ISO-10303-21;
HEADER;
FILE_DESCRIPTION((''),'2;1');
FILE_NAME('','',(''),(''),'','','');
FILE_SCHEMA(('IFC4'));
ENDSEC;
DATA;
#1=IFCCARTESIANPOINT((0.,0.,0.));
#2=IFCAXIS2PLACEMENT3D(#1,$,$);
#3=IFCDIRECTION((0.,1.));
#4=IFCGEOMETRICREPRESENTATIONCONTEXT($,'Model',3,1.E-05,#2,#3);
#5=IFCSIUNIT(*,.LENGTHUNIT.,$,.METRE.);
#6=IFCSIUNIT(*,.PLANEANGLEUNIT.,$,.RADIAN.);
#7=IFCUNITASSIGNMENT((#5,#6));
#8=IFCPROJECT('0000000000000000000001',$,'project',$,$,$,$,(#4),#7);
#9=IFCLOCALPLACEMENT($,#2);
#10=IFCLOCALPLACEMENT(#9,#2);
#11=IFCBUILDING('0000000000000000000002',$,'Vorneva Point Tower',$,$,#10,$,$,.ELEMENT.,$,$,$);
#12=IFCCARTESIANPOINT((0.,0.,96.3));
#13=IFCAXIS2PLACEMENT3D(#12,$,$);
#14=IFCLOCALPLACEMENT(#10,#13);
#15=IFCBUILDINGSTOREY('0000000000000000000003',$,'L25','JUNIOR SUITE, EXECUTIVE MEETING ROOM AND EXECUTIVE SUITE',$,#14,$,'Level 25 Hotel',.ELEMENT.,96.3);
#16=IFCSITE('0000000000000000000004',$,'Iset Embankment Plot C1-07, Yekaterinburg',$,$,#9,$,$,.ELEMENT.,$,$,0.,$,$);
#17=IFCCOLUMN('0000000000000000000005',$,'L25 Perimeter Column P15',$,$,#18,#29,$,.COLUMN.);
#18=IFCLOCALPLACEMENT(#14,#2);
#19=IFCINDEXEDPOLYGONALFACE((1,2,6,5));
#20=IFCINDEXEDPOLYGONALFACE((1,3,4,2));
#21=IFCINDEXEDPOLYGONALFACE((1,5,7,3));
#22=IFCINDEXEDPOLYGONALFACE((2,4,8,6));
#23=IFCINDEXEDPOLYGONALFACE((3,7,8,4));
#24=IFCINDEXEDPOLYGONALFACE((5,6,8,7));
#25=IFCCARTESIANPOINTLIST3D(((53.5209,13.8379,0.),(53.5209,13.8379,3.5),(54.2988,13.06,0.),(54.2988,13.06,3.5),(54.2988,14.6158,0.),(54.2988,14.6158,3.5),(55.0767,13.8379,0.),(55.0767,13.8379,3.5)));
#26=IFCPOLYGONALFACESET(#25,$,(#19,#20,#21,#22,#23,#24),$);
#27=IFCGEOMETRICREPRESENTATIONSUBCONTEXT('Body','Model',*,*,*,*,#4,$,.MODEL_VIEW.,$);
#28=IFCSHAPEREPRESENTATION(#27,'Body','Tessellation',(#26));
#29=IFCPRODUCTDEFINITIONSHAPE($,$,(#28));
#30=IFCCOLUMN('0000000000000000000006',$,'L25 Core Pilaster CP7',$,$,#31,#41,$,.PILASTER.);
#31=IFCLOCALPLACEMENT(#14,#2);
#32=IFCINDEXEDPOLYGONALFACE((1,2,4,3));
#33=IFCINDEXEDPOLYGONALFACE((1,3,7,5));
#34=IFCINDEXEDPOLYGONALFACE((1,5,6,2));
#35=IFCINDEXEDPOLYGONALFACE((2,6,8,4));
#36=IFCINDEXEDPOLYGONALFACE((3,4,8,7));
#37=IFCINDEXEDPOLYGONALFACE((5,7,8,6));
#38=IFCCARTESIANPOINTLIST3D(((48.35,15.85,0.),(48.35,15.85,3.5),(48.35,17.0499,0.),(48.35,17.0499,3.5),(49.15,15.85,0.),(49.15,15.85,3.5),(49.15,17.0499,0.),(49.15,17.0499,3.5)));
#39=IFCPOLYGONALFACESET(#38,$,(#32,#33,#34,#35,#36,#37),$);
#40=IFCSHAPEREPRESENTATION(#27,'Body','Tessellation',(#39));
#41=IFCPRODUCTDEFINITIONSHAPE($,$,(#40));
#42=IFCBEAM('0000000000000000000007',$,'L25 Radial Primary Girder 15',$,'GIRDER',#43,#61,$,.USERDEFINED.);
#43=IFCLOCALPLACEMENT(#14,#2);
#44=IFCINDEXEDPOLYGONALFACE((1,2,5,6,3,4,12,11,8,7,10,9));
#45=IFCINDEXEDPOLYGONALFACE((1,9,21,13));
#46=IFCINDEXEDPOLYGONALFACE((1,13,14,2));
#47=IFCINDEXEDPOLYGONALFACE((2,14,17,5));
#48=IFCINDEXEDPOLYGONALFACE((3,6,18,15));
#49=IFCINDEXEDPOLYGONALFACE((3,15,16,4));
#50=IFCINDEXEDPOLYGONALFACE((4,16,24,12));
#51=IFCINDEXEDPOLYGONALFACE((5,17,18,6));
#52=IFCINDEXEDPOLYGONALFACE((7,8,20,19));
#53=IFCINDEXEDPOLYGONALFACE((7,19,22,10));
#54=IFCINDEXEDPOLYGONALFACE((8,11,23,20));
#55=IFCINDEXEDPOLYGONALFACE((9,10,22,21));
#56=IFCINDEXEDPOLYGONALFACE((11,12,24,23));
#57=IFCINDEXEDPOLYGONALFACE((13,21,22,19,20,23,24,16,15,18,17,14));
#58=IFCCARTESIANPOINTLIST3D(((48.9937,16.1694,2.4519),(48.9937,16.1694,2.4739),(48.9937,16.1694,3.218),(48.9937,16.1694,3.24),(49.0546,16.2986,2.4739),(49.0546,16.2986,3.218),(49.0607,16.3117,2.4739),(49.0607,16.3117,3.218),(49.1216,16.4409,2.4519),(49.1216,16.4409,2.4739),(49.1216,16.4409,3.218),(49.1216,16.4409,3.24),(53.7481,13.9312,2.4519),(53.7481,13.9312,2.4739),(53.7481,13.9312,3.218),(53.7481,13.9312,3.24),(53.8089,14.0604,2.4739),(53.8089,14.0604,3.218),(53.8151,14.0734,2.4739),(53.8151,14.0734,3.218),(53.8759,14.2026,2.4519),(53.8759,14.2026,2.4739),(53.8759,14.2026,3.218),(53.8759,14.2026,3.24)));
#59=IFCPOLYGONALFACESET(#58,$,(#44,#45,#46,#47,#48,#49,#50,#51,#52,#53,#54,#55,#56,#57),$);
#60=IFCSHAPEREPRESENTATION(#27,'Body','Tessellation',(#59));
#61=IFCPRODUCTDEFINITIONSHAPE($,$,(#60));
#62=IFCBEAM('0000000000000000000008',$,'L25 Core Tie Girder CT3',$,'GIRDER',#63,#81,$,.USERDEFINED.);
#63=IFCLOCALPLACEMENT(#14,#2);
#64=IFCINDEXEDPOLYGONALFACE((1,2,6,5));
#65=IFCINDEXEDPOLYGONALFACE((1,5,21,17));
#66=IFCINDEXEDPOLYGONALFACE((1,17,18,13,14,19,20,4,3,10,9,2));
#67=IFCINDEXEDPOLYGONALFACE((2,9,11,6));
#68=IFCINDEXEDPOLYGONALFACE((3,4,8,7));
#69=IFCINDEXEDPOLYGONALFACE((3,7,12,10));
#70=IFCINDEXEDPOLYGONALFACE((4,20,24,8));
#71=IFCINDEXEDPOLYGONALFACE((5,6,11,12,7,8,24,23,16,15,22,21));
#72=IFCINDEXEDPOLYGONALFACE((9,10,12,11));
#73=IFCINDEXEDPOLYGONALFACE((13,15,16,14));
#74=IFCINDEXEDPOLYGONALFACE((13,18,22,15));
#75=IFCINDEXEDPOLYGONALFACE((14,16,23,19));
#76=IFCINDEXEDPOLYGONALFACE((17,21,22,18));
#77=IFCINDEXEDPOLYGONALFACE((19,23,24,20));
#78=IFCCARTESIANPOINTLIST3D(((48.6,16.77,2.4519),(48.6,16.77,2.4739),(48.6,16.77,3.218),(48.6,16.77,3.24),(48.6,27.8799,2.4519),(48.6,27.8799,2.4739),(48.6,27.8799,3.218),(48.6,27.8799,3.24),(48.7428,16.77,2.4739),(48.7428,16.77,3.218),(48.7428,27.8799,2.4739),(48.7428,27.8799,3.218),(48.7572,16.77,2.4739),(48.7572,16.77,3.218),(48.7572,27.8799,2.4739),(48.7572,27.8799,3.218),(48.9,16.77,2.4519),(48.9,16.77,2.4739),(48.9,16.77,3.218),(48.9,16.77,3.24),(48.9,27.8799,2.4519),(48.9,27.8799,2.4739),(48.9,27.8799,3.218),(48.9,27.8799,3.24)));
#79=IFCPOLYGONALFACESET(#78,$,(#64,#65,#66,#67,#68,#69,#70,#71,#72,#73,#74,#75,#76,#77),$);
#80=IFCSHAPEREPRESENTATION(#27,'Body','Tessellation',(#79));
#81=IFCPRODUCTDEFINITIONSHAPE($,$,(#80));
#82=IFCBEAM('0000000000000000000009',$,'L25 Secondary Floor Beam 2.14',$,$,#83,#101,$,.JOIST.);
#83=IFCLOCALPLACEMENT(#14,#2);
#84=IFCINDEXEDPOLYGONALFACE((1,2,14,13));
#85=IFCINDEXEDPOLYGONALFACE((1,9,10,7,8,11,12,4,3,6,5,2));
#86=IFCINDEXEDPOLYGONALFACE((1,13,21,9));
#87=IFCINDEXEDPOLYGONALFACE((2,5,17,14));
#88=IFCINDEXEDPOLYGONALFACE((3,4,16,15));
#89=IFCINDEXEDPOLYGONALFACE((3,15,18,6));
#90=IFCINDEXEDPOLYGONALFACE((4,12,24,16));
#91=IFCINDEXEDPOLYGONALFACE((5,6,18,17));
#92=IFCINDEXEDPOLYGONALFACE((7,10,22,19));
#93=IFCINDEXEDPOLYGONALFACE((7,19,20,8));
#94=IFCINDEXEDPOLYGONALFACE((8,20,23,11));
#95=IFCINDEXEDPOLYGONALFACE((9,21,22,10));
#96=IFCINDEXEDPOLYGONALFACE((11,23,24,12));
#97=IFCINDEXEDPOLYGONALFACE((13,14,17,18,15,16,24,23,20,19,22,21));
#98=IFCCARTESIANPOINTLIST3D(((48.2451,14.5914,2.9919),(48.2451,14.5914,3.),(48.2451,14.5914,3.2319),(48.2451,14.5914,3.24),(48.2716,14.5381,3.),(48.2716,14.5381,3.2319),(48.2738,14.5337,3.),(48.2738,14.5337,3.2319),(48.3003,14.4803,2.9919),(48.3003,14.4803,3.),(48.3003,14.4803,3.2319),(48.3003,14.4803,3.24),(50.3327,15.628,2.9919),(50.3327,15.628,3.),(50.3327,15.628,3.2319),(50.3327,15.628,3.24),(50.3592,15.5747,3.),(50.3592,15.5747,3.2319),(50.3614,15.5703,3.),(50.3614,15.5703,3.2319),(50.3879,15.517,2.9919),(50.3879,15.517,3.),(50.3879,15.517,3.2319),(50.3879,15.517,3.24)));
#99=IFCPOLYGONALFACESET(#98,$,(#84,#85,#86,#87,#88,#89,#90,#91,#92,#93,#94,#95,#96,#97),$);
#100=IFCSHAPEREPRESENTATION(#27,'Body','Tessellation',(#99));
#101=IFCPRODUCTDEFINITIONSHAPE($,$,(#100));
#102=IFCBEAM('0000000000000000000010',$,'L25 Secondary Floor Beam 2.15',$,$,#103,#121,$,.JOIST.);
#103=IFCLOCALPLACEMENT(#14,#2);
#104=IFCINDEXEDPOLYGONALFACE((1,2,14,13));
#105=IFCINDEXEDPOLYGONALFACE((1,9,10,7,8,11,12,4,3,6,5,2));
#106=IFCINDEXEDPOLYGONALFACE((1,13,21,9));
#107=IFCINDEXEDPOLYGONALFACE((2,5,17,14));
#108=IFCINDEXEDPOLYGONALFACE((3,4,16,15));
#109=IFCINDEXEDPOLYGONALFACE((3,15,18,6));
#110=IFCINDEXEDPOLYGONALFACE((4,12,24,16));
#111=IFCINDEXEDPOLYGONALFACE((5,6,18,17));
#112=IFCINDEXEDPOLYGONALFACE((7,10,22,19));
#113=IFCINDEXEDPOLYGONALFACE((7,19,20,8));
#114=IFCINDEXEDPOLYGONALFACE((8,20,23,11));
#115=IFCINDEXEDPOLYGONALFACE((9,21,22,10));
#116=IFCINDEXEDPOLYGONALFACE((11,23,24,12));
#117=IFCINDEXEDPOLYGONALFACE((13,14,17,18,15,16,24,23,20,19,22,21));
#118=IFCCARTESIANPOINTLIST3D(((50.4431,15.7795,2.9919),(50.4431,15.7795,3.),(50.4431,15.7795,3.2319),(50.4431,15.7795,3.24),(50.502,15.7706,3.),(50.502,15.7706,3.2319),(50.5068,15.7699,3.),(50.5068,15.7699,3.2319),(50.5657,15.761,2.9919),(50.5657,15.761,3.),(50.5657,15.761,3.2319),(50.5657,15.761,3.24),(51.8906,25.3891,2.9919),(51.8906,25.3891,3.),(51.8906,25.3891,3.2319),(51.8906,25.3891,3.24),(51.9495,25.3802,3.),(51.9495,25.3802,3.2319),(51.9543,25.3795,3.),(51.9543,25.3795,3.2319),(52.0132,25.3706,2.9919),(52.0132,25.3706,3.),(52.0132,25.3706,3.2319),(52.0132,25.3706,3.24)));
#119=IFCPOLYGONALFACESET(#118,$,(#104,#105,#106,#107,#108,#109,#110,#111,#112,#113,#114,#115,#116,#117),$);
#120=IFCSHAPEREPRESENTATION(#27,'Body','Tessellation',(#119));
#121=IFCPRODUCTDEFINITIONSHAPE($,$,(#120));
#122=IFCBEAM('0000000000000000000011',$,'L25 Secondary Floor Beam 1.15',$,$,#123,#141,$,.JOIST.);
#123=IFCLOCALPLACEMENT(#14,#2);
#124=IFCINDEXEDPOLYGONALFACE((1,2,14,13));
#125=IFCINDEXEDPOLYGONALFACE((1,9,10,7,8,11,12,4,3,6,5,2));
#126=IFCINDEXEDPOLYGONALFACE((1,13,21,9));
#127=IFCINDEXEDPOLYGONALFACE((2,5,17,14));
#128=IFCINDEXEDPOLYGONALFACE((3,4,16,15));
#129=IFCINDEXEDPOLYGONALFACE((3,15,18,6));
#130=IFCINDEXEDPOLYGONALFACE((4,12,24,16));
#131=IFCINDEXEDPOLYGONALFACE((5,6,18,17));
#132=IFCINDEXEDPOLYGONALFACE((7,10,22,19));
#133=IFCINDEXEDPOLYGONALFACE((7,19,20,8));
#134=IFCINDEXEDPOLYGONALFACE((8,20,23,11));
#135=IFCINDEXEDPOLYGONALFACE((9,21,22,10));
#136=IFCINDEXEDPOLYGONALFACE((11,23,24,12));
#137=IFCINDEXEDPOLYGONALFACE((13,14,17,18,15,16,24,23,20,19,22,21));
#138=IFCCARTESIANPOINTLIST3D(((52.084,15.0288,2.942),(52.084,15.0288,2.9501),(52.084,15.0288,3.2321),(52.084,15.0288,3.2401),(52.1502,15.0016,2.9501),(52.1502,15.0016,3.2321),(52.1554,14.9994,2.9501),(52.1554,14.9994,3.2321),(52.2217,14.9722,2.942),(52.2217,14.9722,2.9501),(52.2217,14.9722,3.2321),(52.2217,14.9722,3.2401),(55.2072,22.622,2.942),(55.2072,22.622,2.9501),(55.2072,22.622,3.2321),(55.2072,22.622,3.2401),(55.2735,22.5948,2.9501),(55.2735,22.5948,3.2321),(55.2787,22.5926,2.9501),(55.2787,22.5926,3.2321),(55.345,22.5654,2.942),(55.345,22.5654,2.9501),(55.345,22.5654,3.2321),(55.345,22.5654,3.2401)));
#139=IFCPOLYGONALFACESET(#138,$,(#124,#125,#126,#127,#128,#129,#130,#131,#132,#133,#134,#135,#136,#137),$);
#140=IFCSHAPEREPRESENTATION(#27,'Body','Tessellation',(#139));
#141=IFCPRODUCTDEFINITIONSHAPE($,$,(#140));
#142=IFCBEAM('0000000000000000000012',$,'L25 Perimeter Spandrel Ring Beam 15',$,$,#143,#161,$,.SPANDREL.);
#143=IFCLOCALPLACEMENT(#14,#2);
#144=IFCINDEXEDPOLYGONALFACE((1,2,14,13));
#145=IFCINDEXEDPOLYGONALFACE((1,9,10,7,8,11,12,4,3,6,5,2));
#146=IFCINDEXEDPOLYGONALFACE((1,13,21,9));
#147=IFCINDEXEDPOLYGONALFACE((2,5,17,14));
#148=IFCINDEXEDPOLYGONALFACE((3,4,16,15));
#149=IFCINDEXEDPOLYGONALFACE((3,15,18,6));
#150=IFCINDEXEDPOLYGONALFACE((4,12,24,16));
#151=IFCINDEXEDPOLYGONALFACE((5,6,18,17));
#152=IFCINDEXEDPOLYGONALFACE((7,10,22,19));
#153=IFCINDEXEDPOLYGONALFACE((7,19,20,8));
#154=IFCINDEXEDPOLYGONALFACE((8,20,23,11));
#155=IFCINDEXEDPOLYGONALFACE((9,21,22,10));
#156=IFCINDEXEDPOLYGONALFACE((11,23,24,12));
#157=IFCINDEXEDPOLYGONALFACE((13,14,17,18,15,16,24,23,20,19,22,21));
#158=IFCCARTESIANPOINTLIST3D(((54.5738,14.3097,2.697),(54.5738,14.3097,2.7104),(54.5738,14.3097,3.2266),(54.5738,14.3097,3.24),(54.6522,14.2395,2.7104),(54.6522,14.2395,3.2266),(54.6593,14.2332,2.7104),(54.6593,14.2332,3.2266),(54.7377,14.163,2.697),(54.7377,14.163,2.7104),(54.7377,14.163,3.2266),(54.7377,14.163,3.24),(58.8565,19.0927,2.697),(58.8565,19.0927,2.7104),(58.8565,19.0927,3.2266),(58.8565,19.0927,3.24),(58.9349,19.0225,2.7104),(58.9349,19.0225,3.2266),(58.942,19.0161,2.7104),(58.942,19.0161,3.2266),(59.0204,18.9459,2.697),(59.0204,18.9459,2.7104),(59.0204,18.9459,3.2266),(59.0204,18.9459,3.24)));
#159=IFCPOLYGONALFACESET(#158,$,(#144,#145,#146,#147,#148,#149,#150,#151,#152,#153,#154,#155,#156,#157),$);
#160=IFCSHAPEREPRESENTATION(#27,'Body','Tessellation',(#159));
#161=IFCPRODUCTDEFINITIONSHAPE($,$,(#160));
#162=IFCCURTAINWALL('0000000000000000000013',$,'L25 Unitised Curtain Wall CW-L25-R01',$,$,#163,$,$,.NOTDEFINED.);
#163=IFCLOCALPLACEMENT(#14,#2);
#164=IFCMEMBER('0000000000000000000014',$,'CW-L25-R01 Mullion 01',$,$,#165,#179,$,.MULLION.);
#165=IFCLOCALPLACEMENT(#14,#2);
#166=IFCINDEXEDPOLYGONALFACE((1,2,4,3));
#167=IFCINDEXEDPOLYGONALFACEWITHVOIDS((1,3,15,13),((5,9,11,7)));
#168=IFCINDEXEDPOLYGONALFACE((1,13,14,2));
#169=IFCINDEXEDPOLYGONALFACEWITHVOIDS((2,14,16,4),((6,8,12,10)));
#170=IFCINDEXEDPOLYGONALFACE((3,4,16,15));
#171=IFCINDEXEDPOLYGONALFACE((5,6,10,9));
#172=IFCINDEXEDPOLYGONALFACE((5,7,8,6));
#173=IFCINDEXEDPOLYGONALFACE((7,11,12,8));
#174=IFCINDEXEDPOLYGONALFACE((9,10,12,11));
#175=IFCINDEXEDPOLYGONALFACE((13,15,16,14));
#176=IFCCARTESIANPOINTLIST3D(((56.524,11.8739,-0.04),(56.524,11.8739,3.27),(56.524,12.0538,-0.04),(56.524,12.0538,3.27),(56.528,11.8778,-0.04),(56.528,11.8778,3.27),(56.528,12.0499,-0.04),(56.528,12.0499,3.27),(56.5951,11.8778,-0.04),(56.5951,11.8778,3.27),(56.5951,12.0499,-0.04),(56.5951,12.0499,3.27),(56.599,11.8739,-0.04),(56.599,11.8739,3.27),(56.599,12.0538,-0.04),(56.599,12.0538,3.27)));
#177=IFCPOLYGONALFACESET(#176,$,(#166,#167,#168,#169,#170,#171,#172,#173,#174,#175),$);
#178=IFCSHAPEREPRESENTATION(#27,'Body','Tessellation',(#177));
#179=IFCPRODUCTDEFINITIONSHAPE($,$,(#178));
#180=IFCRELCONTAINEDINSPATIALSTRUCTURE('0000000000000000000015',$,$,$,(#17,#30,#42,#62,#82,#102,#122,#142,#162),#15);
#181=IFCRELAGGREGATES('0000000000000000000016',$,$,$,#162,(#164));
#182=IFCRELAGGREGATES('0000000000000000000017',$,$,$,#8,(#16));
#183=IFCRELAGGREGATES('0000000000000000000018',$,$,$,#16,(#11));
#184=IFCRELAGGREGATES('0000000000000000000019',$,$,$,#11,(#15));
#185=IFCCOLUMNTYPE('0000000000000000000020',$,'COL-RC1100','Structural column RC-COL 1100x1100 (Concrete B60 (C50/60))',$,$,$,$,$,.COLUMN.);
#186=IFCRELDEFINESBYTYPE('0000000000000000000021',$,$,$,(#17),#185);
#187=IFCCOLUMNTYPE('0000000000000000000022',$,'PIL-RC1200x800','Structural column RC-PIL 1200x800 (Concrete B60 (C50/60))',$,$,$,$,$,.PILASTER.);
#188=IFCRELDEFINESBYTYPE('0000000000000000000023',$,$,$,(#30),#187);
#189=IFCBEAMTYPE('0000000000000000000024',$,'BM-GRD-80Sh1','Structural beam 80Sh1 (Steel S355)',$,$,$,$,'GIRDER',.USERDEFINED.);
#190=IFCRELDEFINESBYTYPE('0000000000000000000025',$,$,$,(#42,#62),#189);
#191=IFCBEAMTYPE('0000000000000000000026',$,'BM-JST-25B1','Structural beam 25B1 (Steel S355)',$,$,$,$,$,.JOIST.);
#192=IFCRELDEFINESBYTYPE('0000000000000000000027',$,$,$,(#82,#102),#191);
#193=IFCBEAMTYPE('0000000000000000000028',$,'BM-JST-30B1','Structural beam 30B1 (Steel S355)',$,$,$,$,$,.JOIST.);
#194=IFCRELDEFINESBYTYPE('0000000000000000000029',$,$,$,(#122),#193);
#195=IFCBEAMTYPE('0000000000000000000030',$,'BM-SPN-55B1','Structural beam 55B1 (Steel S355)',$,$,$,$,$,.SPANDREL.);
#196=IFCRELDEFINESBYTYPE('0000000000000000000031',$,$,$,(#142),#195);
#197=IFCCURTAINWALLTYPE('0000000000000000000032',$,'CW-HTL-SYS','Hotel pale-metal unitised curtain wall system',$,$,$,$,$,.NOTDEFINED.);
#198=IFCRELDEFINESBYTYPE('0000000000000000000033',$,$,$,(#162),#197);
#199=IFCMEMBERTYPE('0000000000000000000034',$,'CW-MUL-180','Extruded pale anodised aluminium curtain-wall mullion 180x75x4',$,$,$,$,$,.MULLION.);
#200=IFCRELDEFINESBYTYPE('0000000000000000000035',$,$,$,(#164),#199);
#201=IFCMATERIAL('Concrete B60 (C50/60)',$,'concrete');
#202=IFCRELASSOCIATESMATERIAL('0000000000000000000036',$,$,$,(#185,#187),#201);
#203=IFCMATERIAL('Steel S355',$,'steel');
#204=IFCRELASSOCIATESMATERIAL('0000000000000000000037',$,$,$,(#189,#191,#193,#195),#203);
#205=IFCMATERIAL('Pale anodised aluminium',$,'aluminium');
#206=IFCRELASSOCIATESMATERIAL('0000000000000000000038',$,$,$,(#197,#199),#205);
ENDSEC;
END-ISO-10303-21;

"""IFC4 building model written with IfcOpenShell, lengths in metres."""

from ifc_helpers import new_model, si_unit, direction, frame, origin, origin_2d, place, context, subcontext, project, spatial, rectangle, hollow_rectangle, i_section, extrude, material, material_profile, profile_set, type_object, element, aggregate, save


model = new_model("IFC4")

# Units and contexts
model_context = context("Model", 3, precision=1e-05, world=origin(), true_north=direction((0.0, 1.0)))
body_context = subcontext(model_context, "Body", "Model", "MODEL_VIEW")
ifc_project = project(units=[si_unit("LENGTHUNIT", "METRE"), si_unit("PLANEANGLEUNIT", "RADIAN")], contexts=[model_context])

# Site, building, storey
site_placement = place(None, origin())
site = spatial("IfcSite", under=ifc_project, at=site_placement, Name="Iset Embankment Plot C1-07, Yekaterinburg", CompositionType="ELEMENT", RefElevation=0.0)
building_placement = place(site_placement, origin())
building = spatial("IfcBuilding", under=site, at=building_placement, Name="Vorneva Point Tower", CompositionType="ELEMENT")
storey_placement = place(building_placement, frame((0.0, 0.0, 96.3)))
storey = spatial("IfcBuildingStorey", under=building, at=storey_placement, Name="L25", Description="JUNIOR SUITE, EXECUTIVE MEETING ROOM AND EXECUTIVE SUITE", LongName="Level 25 Hotel", CompositionType="ELEMENT", Elevation=96.3)

# Columns
ifc_material_1 = material(Name="Concrete B60 (C50/60)", Category="concrete")
ifc_material_profile_1 = material_profile(ifc_material_1, rectangle(XDim=1.1001, YDim=1.1001, at=origin_2d()), Name="RC-COL 1100x1100")
ifc_profile_set_1 = profile_set([ifc_material_profile_1], Name="Concrete B60 (C50/60)")
column_type_1 = type_object("IfcColumnType", Name="COL-RC1100", Description="Structural column RC-COL 1100x1100 (Concrete B60 (C50/60))", PredefinedType="COLUMN", material=ifc_profile_set_1)
column_1_placement = place(storey_placement, frame((54.2988, 13.8379, 0.0), z_axis=(0.0, 0.0, 1.0), x_axis=(0.707107, -0.707107, 0.0)))
element("IfcColumn", 1, at=column_1_placement, inside=storey, type_object=column_type_1, Name="L25 Perimeter Column P15", PredefinedType="COLUMN", context=body_context, shape_type="SweptSolid", body=[
    extrude(rectangle(XDim=1.1001, YDim=1.1001, at=origin_2d()), origin(), (0.0, 0.0, 1.0), 3.5),
])
ifc_material_profile_2 = material_profile(ifc_material_1, rectangle(XDim=0.8, YDim=1.2, at=origin_2d()), Name="RC-PIL 1200x800")
ifc_profile_set_2 = profile_set([ifc_material_profile_2], Name="Concrete B60 (C50/60)")
column_type_2 = type_object("IfcColumnType", Name="PIL-RC1200x800", Description="Structural column RC-PIL 1200x800 (Concrete B60 (C50/60))", PredefinedType="PILASTER", material=ifc_profile_set_2)
column_2_placement = place(storey_placement, frame((48.75, 16.45, 0.0), z_axis=(0.0, 0.0, 1.0), x_axis=(1.0, 0.0, 0.0)))
element("IfcColumn", 2, at=column_2_placement, inside=storey, type_object=column_type_2, Name="L25 Core Pilaster CP7", PredefinedType="PILASTER", context=body_context, shape_type="SweptSolid", body=[
    extrude(rectangle(XDim=0.8, YDim=1.2, at=origin_2d()), origin(), (0.0, 0.0, 1.0), 3.5),
])

# Beams
ifc_material_2 = material(Name="Steel S355", Category="steel")
ifc_material_profile_3 = material_profile(ifc_material_2, i_section(OverallWidth=0.3, OverallDepth=0.7881, WebThickness=0.0144, FlangeThickness=0.022, at=origin_2d()), Name="80Sh1")
ifc_profile_set_3 = profile_set([ifc_material_profile_3], Name="Steel S355")
beam_type_1 = type_object("IfcBeamType", Name="BM-GRD-80Sh1", Description="Structural beam 80Sh1 (Steel S355)", ElementType="GIRDER", PredefinedType="USERDEFINED", material=ifc_profile_set_3)
beam_1_placement = place(storey_placement, frame((53.812, 14.0669, 2.8459), z_axis=(-0.904751, 0.42594, 0.0), x_axis=(-0.42594, -0.904751, 0.0)))
element("IfcBeam", 3, at=beam_1_placement, inside=storey, type_object=beam_type_1, Name="L25 Radial Primary Girder 15", ObjectType="GIRDER", PredefinedType="USERDEFINED", context=body_context, shape_type="SweptSolid", body=[
    extrude(i_section(OverallWidth=0.3, OverallDepth=0.7881, WebThickness=0.0144, FlangeThickness=0.022, at=origin_2d()), origin(), (0.0, 0.0, 1.0), 5.2549),
])
beam_2_placement = place(storey_placement, frame((48.75, 16.77, 2.8459), z_axis=(0.0, 1.0, 0.0), x_axis=(-1.0, 0.0, 0.0)))
element("IfcBeam", 4, at=beam_2_placement, inside=storey, type_object=beam_type_1, Name="L25 Core Tie Girder CT3", ObjectType="GIRDER", PredefinedType="USERDEFINED", context=body_context, shape_type="SweptSolid", body=[
    extrude(i_section(OverallWidth=0.3, OverallDepth=0.7881, WebThickness=0.0144, FlangeThickness=0.022, at=origin_2d()), origin(), (0.0, 0.0, 1.0), 11.1099),
])
ifc_material_profile_4 = material_profile(ifc_material_2, i_section(OverallWidth=0.124, OverallDepth=0.248, WebThickness=0.0049, FlangeThickness=0.0081, at=origin_2d()), Name="25B1")
ifc_profile_set_4 = profile_set([ifc_material_profile_4], Name="Steel S355")
beam_type_2 = type_object("IfcBeamType", Name="BM-JST-25B1", Description="Structural beam 25B1 (Steel S355)", PredefinedType="JOIST", material=ifc_profile_set_4)
beam_3_placement = place(storey_placement, frame((48.2727, 14.5359, 3.116), z_axis=(0.89566, 0.44474, 0.0), x_axis=(-0.44474, 0.89566, 0.0)))
element("IfcBeam", 5, at=beam_3_placement, inside=storey, type_object=beam_type_2, Name="L25 Secondary Floor Beam 2.14", PredefinedType="JOIST", context=body_context, shape_type="SweptSolid", body=[
    extrude(i_section(OverallWidth=0.124, OverallDepth=0.248, WebThickness=0.0049, FlangeThickness=0.0081, at=origin_2d()), origin(), (0.0, 0.0, 1.0), 2.3308),
])
beam_4_placement = place(storey_placement, frame((50.5044, 15.7703, 3.116), z_axis=(0.148951, 0.988845, 0.0), x_axis=(-0.988845, 0.148951, 0.0)))
element("IfcBeam", 6, at=beam_4_placement, inside=storey, type_object=beam_type_2, Name="L25 Secondary Floor Beam 2.15", PredefinedType="JOIST", context=body_context, shape_type="SweptSolid", body=[
    extrude(i_section(OverallWidth=0.124, OverallDepth=0.248, WebThickness=0.0049, FlangeThickness=0.0081, at=origin_2d()), origin(), (0.0, 0.0, 1.0), 9.718),
])
ifc_material_profile_5 = material_profile(ifc_material_2, i_section(OverallWidth=0.1489, OverallDepth=0.2981, WebThickness=0.0056, FlangeThickness=0.0081, at=origin_2d()), Name="30B1")
ifc_profile_set_5 = profile_set([ifc_material_profile_5], Name="Steel S355")
beam_type_3 = type_object("IfcBeamType", Name="BM-JST-30B1", Description="Structural beam 30B1 (Steel S355)", PredefinedType="JOIST", material=ifc_profile_set_5)
beam_5_placement = place(storey_placement, frame((52.1528, 15.0005, 3.0911), z_axis=(0.380401, 0.924822, 0.0), x_axis=(-0.924822, 0.380401, 0.0)))
element("IfcBeam", 7, at=beam_5_placement, inside=storey, type_object=beam_type_3, Name="L25 Secondary Floor Beam 1.15", PredefinedType="JOIST", context=body_context, shape_type="SweptSolid", body=[
    extrude(i_section(OverallWidth=0.1489, OverallDepth=0.2981, WebThickness=0.0056, FlangeThickness=0.0081, at=origin_2d()), origin(), (0.0, 0.0, 1.0), 8.2104),
])
ifc_material_profile_6 = material_profile(ifc_material_2, i_section(OverallWidth=0.22, OverallDepth=0.543, WebThickness=0.0095, FlangeThickness=0.0134, at=origin_2d()), Name="55B1")
ifc_profile_set_6 = profile_set([ifc_material_profile_6], Name="Steel S355")
beam_type_4 = type_object("IfcBeamType", Name="BM-SPN-55B1", Description="Structural beam 55B1 (Steel S355)", PredefinedType="SPANDREL", material=ifc_profile_set_6)
beam_6_placement = place(storey_placement, frame((54.6558, 14.2363, 2.9685), z_axis=(0.667074, 0.744992, 0.0), x_axis=(-0.744992, 0.667074, 0.0)))
element("IfcBeam", 8, at=beam_6_placement, inside=storey, type_object=beam_type_4, Name="L25 Perimeter Spandrel Ring Beam 15", PredefinedType="SPANDREL", context=body_context, shape_type="SweptSolid", body=[
    extrude(i_section(OverallWidth=0.22, OverallDepth=0.543, WebThickness=0.0095, FlangeThickness=0.0134, at=origin_2d()), origin(), (0.0, 0.0, 1.0), 6.4202),
])

# Curtain wall, member
ifc_material_3 = material(Name="Pale anodised aluminium", Category="aluminium")
curtain_wall_type = type_object("IfcCurtainWallType", Name="CW-HTL-SYS", Description="Hotel pale-metal unitised curtain wall system", PredefinedType="NOTDEFINED", material=ifc_material_3)
curtain_wall_1_placement = place(storey_placement, origin())
curtain_wall_1 = element("IfcCurtainWall", 9, at=curtain_wall_1_placement, inside=storey, type_object=curtain_wall_type, Name="L25 Unitised Curtain Wall CW-L25-R01", PredefinedType="NOTDEFINED")
ifc_material_profile_7 = material_profile(ifc_material_3, hollow_rectangle(XDim=0.075, YDim=0.1799, WallThickness=0.0039, at=origin_2d()), Name="AL-MUL 180x75x4")
ifc_profile_set_7 = profile_set([ifc_material_profile_7], Name="Pale anodised aluminium")
member_type_1 = type_object("IfcMemberType", Name="CW-MUL-180", Description="Extruded pale anodised aluminium curtain-wall mullion 180x75x4", PredefinedType="MULLION", material=ifc_profile_set_7)
member_1_placement = place(storey_placement, frame((56.5615, 11.9639, -0.04), z_axis=(0.0, 0.0, 1.0), x_axis=(1.0, 0.0, 0.0)))
member_1 = element("IfcMember", 10, at=member_1_placement, type_object=member_type_1, Name="CW-L25-R01 Mullion 01", PredefinedType="MULLION", context=body_context, shape_type="SweptSolid", body=[
    extrude(hollow_rectangle(XDim=0.075, YDim=0.1799, WallThickness=0.0039, at=origin_2d()), origin(), (0.0, 0.0, 1.0), 3.3101),
])

aggregate(curtain_wall_1, [member_1])

save(model, "model.ifc")
